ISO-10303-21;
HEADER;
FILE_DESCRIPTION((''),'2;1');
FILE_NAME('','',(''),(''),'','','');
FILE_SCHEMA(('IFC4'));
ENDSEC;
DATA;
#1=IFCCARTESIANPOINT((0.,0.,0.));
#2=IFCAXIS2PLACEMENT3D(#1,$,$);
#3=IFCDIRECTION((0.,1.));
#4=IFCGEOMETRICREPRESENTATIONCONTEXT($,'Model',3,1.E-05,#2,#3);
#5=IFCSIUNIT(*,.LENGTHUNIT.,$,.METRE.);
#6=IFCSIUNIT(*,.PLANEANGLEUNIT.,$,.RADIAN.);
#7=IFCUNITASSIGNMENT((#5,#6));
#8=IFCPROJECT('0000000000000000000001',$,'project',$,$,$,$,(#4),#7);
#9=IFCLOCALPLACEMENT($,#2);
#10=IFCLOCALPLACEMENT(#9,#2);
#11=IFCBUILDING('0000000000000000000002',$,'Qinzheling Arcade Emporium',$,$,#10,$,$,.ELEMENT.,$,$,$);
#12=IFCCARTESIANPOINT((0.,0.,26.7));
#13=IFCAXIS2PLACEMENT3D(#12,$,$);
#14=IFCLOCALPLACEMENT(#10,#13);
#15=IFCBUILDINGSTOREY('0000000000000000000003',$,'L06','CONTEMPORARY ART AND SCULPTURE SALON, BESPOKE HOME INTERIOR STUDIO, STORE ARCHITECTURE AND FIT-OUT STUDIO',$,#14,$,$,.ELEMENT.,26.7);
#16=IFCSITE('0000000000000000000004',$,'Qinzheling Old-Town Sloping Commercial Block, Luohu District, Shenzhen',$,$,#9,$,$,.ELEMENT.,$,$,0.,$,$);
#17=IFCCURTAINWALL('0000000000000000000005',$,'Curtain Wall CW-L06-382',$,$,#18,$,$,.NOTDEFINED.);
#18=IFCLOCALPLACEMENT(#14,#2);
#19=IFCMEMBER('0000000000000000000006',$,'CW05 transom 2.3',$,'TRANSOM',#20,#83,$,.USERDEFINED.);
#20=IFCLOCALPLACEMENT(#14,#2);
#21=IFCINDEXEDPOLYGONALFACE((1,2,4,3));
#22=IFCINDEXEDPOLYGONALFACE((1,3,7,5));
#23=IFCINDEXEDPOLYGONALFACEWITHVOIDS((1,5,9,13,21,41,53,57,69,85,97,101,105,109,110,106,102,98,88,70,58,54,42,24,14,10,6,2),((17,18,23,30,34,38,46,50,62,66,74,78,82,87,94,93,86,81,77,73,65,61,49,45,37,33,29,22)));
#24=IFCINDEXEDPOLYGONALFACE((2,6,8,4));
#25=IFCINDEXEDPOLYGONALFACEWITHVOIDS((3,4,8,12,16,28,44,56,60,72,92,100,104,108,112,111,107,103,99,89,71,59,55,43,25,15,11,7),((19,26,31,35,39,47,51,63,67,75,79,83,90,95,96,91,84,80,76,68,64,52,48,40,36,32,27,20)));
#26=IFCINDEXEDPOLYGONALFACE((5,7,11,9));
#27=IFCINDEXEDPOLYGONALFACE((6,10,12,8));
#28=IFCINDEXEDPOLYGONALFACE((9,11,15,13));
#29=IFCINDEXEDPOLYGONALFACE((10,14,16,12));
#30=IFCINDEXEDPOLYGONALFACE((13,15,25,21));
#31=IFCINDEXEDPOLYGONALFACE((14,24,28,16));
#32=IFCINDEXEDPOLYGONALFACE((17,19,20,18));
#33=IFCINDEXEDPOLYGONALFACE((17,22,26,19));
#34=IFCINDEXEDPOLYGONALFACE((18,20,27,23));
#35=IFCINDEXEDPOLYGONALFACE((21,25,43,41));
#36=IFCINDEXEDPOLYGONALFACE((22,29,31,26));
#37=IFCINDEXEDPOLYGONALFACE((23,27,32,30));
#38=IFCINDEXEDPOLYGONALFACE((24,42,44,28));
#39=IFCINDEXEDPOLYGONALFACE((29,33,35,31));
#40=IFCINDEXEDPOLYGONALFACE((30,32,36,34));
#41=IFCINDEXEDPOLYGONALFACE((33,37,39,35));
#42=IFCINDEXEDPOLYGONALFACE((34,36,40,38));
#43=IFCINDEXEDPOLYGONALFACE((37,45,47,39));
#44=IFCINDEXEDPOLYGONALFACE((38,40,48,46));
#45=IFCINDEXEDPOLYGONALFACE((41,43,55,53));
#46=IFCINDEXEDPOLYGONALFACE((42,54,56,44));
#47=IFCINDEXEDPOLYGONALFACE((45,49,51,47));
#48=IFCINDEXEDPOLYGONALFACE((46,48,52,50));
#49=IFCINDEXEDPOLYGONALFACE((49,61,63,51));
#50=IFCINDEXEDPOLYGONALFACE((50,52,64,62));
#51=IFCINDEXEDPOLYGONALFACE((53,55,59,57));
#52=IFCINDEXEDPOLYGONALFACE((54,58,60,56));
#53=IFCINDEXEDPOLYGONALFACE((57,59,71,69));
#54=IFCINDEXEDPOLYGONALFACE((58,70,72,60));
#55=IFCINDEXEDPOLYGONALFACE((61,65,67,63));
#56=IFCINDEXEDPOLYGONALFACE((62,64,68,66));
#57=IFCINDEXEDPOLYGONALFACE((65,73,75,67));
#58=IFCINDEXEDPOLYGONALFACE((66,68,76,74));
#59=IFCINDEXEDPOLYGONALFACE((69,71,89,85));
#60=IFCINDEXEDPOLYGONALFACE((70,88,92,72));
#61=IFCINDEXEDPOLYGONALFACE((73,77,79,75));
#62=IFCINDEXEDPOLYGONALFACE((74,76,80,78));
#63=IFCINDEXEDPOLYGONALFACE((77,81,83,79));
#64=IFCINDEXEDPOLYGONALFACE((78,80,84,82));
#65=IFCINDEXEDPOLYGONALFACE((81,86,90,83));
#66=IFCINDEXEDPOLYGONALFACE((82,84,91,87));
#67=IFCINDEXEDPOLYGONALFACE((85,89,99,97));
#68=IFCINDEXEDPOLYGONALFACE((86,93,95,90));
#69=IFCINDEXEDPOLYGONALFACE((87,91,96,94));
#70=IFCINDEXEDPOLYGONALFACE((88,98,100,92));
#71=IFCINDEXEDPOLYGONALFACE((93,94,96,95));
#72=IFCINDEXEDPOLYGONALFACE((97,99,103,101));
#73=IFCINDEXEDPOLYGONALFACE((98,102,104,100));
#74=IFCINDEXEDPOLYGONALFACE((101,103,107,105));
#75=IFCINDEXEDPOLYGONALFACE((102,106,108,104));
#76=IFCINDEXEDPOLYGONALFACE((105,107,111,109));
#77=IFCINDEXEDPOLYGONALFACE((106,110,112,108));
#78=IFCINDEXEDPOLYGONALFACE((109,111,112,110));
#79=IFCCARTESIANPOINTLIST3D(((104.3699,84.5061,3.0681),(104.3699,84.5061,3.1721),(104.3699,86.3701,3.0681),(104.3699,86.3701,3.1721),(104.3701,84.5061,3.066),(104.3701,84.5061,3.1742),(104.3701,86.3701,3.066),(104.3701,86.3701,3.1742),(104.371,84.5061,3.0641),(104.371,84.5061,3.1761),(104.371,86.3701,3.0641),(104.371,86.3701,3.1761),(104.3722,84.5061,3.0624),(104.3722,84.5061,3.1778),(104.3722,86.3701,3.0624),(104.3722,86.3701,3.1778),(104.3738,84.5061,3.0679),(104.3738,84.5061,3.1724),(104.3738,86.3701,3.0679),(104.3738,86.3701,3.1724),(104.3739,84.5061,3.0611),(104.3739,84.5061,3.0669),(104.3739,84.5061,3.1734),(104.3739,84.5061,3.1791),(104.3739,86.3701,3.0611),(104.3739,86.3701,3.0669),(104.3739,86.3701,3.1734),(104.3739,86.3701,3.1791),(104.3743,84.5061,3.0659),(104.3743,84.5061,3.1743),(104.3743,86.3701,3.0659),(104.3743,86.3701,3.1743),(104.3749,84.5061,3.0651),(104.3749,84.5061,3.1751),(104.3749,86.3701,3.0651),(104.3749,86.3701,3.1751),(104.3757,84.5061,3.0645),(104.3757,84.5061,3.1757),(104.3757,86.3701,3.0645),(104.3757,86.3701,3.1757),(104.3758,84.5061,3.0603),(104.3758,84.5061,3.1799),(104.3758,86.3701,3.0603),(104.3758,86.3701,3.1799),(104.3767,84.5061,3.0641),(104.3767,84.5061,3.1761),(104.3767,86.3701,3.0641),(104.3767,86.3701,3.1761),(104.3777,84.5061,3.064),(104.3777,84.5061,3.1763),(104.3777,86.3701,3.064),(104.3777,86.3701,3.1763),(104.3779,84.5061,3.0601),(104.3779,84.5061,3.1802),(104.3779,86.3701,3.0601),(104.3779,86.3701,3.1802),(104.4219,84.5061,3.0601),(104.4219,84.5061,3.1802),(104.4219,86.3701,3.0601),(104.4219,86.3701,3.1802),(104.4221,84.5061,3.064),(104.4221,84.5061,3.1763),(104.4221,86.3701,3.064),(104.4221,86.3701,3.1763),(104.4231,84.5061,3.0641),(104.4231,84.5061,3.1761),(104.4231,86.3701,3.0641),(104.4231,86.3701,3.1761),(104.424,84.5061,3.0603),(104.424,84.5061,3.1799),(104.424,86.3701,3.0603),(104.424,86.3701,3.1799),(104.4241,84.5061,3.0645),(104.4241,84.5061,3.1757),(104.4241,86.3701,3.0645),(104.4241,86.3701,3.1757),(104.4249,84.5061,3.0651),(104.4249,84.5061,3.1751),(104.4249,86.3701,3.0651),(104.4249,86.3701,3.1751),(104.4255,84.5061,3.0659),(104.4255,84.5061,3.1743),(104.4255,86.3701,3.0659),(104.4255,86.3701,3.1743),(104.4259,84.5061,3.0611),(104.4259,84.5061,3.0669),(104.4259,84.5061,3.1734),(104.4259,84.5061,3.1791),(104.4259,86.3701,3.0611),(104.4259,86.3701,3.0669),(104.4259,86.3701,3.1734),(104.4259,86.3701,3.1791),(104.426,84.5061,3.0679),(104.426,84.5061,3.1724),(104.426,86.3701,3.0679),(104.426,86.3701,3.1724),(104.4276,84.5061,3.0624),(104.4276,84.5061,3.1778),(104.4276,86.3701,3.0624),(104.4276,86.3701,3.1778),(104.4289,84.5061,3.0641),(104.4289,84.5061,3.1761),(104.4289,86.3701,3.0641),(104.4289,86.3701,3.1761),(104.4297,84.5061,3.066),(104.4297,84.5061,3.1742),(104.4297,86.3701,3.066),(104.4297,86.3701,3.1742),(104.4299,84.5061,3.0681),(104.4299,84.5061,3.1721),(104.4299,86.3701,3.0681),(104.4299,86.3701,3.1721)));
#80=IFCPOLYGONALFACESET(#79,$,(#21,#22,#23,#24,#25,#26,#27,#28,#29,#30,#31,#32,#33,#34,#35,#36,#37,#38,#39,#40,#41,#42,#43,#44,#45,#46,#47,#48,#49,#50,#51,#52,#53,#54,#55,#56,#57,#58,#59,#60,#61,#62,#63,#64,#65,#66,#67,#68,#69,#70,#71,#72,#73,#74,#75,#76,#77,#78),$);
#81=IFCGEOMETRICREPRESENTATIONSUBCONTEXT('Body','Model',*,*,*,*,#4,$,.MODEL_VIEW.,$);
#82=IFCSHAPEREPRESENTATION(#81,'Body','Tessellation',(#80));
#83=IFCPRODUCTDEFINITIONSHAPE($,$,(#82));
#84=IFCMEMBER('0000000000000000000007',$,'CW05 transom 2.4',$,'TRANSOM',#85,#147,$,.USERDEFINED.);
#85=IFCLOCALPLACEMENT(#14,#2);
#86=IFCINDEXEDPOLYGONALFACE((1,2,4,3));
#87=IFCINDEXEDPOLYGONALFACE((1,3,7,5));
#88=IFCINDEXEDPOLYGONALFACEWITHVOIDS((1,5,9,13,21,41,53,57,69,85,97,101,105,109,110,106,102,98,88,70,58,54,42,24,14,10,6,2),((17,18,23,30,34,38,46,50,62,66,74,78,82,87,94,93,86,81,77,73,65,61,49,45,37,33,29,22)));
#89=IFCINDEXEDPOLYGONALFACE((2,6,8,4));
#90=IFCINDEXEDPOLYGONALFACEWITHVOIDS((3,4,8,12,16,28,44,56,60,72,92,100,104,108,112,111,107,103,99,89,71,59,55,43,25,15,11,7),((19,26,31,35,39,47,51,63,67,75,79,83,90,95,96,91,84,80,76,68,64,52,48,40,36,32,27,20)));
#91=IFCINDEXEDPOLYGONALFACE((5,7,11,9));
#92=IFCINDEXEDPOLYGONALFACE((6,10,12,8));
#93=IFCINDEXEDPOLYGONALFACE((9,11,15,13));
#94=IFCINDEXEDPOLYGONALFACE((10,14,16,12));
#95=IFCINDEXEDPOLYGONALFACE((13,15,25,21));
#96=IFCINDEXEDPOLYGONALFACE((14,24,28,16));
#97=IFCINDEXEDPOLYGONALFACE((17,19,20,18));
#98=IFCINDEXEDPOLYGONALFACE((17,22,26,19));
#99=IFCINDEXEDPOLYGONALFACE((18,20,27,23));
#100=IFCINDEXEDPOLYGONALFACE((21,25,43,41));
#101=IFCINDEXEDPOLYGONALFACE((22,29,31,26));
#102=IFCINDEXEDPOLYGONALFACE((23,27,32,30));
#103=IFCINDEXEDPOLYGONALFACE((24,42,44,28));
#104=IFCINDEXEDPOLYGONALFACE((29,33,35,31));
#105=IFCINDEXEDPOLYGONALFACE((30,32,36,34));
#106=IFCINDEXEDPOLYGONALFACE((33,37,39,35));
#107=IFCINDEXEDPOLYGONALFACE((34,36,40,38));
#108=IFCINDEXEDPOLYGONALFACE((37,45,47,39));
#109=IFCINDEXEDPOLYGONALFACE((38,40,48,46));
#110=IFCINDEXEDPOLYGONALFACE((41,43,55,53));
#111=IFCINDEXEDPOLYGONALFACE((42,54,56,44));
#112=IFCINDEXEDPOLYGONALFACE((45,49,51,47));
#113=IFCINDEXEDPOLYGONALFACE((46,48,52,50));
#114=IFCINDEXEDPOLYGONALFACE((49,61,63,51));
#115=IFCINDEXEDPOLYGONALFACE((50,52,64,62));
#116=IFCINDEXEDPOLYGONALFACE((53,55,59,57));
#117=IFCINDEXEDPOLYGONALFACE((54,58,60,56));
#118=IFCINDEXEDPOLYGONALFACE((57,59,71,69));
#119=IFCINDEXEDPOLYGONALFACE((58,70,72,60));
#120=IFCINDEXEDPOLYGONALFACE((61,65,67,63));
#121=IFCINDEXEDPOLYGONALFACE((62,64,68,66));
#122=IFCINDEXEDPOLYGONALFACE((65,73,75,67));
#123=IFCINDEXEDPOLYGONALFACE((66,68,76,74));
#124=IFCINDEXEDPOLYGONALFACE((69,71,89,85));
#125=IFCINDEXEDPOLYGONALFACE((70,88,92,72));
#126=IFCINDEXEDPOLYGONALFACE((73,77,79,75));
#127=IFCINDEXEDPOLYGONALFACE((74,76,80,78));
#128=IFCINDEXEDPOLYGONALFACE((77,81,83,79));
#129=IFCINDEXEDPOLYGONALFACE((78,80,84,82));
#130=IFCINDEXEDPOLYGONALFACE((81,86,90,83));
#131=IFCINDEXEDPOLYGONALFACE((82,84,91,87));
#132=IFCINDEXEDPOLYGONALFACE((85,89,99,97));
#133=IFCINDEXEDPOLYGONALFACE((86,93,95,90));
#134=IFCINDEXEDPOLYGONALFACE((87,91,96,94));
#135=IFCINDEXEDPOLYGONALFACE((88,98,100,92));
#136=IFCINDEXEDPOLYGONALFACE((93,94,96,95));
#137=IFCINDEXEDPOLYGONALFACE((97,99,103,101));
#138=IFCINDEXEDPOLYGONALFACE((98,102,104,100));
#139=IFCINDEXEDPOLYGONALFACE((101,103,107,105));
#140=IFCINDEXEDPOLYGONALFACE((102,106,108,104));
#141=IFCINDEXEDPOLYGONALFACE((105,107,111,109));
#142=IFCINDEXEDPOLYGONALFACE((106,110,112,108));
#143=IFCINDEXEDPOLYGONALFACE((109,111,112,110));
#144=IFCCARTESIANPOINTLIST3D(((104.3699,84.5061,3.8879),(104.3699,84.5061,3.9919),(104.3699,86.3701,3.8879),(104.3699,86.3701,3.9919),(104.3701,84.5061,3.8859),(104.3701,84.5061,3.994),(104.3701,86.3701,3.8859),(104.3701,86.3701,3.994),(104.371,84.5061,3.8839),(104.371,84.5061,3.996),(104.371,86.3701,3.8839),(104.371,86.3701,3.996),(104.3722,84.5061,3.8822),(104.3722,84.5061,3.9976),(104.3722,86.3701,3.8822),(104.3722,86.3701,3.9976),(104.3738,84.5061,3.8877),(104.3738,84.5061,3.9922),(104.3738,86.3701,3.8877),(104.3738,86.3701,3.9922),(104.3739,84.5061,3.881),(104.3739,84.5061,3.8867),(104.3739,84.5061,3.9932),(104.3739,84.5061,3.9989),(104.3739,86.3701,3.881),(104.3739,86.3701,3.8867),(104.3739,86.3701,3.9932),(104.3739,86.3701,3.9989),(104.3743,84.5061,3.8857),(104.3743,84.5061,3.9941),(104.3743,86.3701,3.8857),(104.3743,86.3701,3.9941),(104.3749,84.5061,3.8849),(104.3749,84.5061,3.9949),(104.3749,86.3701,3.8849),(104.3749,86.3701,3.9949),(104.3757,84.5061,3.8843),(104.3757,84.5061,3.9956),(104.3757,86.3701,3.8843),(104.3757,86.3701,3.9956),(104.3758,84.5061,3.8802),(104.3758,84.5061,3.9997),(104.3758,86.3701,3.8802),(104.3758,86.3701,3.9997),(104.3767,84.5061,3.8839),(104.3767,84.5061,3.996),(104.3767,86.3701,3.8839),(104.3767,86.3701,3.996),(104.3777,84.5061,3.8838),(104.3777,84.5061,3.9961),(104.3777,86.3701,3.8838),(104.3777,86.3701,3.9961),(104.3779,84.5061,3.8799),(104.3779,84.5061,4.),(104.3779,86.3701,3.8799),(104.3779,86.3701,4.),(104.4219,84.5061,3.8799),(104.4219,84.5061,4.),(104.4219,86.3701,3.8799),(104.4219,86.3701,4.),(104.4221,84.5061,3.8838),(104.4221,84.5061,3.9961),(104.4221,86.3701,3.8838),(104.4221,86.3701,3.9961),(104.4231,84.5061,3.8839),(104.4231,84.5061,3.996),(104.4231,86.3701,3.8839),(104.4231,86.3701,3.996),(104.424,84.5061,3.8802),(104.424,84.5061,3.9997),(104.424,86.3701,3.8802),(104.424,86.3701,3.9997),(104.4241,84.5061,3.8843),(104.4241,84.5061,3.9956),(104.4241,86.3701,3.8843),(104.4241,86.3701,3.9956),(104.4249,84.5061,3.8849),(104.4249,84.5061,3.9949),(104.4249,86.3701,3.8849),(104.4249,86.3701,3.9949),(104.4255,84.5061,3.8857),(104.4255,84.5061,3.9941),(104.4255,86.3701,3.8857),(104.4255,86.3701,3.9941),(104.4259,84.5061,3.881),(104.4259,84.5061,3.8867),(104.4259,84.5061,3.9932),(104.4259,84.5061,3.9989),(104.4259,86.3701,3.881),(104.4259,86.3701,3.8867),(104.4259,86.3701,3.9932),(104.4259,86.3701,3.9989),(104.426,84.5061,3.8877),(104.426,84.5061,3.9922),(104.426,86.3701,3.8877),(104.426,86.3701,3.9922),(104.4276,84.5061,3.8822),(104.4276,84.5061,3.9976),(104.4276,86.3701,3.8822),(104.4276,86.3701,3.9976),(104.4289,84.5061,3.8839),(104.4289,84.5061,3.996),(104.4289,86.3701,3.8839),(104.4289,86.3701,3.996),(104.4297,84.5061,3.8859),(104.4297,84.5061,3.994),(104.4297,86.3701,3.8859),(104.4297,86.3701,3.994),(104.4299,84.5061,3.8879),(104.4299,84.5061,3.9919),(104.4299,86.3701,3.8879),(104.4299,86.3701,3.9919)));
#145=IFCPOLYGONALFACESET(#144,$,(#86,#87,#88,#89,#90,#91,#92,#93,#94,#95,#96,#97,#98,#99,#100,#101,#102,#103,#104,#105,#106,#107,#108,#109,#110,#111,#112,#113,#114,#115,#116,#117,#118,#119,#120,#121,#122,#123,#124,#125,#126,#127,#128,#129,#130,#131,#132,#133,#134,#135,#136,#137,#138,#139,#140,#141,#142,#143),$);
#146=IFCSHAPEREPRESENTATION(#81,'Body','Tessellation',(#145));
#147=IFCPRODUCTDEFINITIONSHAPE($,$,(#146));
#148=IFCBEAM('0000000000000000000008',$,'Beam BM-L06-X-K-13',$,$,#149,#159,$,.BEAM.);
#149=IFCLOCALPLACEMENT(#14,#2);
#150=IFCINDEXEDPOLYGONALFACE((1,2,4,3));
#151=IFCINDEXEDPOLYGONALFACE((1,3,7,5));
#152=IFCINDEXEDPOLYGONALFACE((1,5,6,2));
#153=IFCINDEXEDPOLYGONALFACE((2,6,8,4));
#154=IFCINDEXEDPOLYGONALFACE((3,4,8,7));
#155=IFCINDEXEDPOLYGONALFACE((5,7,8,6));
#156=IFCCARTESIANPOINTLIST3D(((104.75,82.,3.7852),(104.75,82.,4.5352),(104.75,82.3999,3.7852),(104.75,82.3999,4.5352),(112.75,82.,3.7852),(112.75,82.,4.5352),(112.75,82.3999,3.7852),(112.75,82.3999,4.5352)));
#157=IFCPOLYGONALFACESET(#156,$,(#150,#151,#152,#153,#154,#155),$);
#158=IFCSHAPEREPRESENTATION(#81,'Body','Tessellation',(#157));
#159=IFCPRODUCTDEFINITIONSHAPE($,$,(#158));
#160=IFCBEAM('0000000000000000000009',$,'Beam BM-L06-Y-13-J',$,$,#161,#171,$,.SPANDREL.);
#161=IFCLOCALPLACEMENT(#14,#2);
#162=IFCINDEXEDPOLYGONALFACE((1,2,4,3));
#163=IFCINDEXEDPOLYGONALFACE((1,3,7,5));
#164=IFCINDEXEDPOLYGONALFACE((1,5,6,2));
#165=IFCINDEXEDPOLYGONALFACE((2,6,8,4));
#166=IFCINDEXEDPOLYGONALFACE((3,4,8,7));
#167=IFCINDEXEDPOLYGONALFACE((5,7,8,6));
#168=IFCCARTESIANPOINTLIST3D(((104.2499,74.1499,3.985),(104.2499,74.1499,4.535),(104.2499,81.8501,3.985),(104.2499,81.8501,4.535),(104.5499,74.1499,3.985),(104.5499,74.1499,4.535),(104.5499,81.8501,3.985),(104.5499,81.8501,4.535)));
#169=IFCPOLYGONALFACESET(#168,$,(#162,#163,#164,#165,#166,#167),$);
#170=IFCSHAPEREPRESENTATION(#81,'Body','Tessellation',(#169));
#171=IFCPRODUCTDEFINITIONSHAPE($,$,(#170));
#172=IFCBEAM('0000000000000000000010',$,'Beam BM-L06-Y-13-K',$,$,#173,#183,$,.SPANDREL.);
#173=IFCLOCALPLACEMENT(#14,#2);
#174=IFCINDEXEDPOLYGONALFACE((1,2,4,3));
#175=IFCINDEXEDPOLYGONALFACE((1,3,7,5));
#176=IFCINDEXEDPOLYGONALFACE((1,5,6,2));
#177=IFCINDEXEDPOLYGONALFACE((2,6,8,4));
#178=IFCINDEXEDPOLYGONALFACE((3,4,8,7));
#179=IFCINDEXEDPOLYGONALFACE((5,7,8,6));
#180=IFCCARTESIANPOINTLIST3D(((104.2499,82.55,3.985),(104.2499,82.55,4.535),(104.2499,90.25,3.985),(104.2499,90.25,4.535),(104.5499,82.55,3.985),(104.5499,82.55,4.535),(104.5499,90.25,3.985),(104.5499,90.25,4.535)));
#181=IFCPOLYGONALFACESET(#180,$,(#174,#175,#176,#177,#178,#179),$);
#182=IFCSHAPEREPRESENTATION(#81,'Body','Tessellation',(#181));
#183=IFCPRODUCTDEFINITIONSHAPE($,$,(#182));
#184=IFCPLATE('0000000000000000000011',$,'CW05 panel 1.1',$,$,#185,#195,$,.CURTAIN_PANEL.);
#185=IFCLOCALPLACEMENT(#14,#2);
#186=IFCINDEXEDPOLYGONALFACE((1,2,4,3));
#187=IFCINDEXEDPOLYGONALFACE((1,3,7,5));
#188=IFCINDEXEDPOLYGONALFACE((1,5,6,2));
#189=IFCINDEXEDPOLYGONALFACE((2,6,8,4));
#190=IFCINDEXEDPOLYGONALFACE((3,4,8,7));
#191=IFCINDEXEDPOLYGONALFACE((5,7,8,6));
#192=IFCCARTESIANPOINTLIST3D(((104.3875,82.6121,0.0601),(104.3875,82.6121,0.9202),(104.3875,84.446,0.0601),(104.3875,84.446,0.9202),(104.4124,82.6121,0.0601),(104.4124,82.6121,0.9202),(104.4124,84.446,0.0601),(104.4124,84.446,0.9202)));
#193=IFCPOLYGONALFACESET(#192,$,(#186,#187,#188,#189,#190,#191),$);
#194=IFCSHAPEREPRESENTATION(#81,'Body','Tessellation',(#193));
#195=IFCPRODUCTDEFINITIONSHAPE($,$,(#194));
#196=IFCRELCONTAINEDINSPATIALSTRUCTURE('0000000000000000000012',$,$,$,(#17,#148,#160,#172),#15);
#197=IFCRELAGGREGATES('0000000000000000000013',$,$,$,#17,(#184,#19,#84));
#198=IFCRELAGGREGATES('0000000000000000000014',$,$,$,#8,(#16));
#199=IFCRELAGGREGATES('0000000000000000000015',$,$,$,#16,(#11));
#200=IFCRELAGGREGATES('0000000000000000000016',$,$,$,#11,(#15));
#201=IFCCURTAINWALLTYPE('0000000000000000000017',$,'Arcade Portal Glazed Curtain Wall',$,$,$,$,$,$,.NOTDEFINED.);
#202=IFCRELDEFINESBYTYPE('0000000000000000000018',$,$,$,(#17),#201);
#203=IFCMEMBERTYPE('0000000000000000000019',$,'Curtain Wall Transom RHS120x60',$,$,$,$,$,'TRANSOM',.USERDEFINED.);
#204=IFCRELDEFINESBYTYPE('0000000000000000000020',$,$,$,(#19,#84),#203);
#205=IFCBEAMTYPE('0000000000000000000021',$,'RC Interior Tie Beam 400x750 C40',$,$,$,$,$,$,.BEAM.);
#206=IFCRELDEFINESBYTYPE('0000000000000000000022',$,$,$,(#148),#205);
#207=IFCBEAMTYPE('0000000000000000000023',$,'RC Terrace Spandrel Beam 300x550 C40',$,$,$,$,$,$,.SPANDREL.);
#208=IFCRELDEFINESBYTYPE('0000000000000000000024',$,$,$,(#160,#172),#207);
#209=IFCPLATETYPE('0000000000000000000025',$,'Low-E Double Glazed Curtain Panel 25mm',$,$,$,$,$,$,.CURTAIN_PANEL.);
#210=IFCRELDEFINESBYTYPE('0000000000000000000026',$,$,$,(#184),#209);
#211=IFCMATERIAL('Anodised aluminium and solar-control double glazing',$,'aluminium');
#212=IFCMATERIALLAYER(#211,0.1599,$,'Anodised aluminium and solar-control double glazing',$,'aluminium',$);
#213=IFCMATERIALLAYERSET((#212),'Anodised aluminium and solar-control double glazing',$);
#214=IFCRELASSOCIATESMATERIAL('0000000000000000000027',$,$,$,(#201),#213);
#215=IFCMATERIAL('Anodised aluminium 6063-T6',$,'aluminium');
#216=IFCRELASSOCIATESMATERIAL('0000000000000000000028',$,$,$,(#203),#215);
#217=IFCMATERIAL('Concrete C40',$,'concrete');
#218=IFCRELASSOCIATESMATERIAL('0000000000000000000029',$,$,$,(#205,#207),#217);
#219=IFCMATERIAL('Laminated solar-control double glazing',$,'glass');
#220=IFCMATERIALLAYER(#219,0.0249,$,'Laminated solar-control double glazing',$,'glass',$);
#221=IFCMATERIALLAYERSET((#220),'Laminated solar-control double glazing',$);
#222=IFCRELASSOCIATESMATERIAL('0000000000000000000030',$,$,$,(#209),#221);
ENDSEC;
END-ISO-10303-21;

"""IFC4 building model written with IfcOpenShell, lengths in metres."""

from ifc_helpers import new_model, si_unit, direction, frame, origin, origin_2d, place, context, subcontext, project, spatial, rectangle, hollow_rectangle, extrude, material, layer, layer_set, material_profile, profile_set, type_object, element, aggregate, save


model = new_model("IFC4")

# Units and contexts
model_context = context("Model", 3, precision=1e-05, world=origin(), true_north=direction((0.0, 1.0)))
body_context = subcontext(model_context, "Body", "Model", "MODEL_VIEW")
ifc_project = project(units=[si_unit("LENGTHUNIT", "METRE"), si_unit("PLANEANGLEUNIT", "RADIAN")], contexts=[model_context])

# Site, building, storey
site_placement = place(None, origin())
site = spatial("IfcSite", under=ifc_project, at=site_placement, Name="Qinzheling Old-Town Sloping Commercial Block, Luohu District, Shenzhen", CompositionType="ELEMENT", RefElevation=0.0)
building_placement = place(site_placement, origin())
building = spatial("IfcBuilding", under=site, at=building_placement, Name="Qinzheling Arcade Emporium", CompositionType="ELEMENT")
storey_placement = place(building_placement, frame((0.0, 0.0, 26.7)))
storey = spatial("IfcBuildingStorey", under=building, at=storey_placement, Name="L06", Description="CONTEMPORARY ART AND SCULPTURE SALON, BESPOKE HOME INTERIOR STUDIO, STORE ARCHITECTURE AND FIT-OUT STUDIO", CompositionType="ELEMENT", Elevation=26.7)

# Shared definitions
ifc_material_1 = material(Name="Concrete C40", Category="concrete")

# Curtain wall, members
ifc_material_2 = material(Name="Anodised aluminium and solar-control double glazing", Category="aluminium")
ifc_layer_1 = layer(ifc_material_2, 0.1599, Name="Anodised aluminium and solar-control double glazing", Category="aluminium")
ifc_layer_set_1 = layer_set([ifc_layer_1], Name="Anodised aluminium and solar-control double glazing")
curtain_wall_type = type_object("IfcCurtainWallType", Name="Arcade Portal Glazed Curtain Wall", PredefinedType="NOTDEFINED", material=ifc_layer_set_1)
curtain_wall_placement = place(storey_placement, origin())
curtain_wall = element("IfcCurtainWall", 1, at=curtain_wall_placement, inside=storey, type_object=curtain_wall_type, Name="Curtain Wall CW-L06-382", PredefinedType="NOTDEFINED")
ifc_material_3 = material(Name="Anodised aluminium 6063-T6", Category="aluminium")
ifc_material_profile_1 = material_profile(ifc_material_3, hollow_rectangle(XDim=0.0601, YDim=0.1201, WallThickness=0.0039, InnerFilletRadius=0.0039, OuterFilletRadius=0.0081, at=origin_2d()), Name="RHS 120x60x4", Category="aluminium")
ifc_profile_set_1 = profile_set([ifc_material_profile_1], Name="Anodised aluminium 6063-T6")
member_type_1 = type_object("IfcMemberType", Name="Curtain Wall Transom RHS120x60", ElementType="TRANSOM", PredefinedType="USERDEFINED", material=ifc_profile_set_1)
member_1_placement = place(storey_placement, frame((104.3999, 84.5061, 3.1201), z_axis=(0.0, 1.0, 0.0), x_axis=(-1.0, 0.0, 0.0)))
member_1 = element("IfcMember", 2, at=member_1_placement, type_object=member_type_1, Name="CW05 transom 2.3", ObjectType="TRANSOM", PredefinedType="USERDEFINED", context=body_context, shape_type="SweptSolid", body=[
    extrude(hollow_rectangle(XDim=0.0601, YDim=0.1201, WallThickness=0.0039, InnerFilletRadius=0.0039, OuterFilletRadius=0.0081, at=origin_2d()), origin(), (0.0, 0.0, 1.0), 1.864),
])
member_2_placement = place(storey_placement, frame((104.3999, 84.5061, 3.9399), z_axis=(0.0, 1.0, 0.0), x_axis=(-1.0, 0.0, 0.0)))
member_2 = element("IfcMember", 3, at=member_2_placement, type_object=member_type_1, Name="CW05 transom 2.4", ObjectType="TRANSOM", PredefinedType="USERDEFINED", context=body_context, shape_type="SweptSolid", body=[
    extrude(hollow_rectangle(XDim=0.0601, YDim=0.1201, WallThickness=0.0039, InnerFilletRadius=0.0039, OuterFilletRadius=0.0081, at=origin_2d()), origin(), (0.0, 0.0, 1.0), 1.864),
])

# Beams
ifc_material_profile_2 = material_profile(ifc_material_1, rectangle(XDim=0.3999, YDim=0.75, at=origin_2d()), Name="RC 400x750", Category="concrete")
ifc_profile_set_2 = profile_set([ifc_material_profile_2], Name="Concrete C40")
beam_type_1 = type_object("IfcBeamType", Name="RC Interior Tie Beam 400x750 C40", PredefinedType="BEAM", material=ifc_profile_set_2)
beam_1_placement = place(storey_placement, frame((104.75, 82.2, 4.1602), z_axis=(1.0, 0.0, 0.0), x_axis=(0.0, 1.0, 0.0)))
element("IfcBeam", 4, at=beam_1_placement, inside=storey, type_object=beam_type_1, Name="Beam BM-L06-X-K-13", PredefinedType="BEAM", context=body_context, shape_type="SweptSolid", body=[
    extrude(rectangle(XDim=0.3999, YDim=0.75, at=origin_2d()), origin(), (0.0, 0.0, 1.0), 8.0),
])
ifc_material_profile_3 = material_profile(ifc_material_1, rectangle(XDim=0.3, YDim=0.55, at=origin_2d()), Name="RC 300x550", Category="concrete")
ifc_profile_set_3 = profile_set([ifc_material_profile_3], Name="Concrete C40")
beam_type_2 = type_object("IfcBeamType", Name="RC Terrace Spandrel Beam 300x550 C40", PredefinedType="SPANDREL", material=ifc_profile_set_3)
beam_2_placement = place(storey_placement, frame((104.3999, 74.1499, 4.26), z_axis=(0.0, 1.0, 0.0), x_axis=(-1.0, 0.0, 0.0)))
element("IfcBeam", 5, at=beam_2_placement, inside=storey, type_object=beam_type_2, Name="Beam BM-L06-Y-13-J", PredefinedType="SPANDREL", context=body_context, shape_type="SweptSolid", body=[
    extrude(rectangle(XDim=0.3, YDim=0.55, at=origin_2d()), origin(), (0.0, 0.0, 1.0), 7.7002),
])
beam_3_placement = place(storey_placement, frame((104.3999, 82.55, 4.26), z_axis=(0.0, 1.0, 0.0), x_axis=(-1.0, 0.0, 0.0)))
element("IfcBeam", 6, at=beam_3_placement, inside=storey, type_object=beam_type_2, Name="Beam BM-L06-Y-13-K", PredefinedType="SPANDREL", context=body_context, shape_type="SweptSolid", body=[
    extrude(rectangle(XDim=0.3, YDim=0.55, at=origin_2d()), origin(), (0.0, 0.0, 1.0), 7.7),
])

# Plate
ifc_material_4 = material(Name="Laminated solar-control double glazing", Category="glass")
ifc_layer_2 = layer(ifc_material_4, 0.0249, Name="Laminated solar-control double glazing", Category="glass")
ifc_layer_set_2 = layer_set([ifc_layer_2], Name="Laminated solar-control double glazing")
plate_type = type_object("IfcPlateType", Name="Low-E Double Glazed Curtain Panel 25mm", PredefinedType="CURTAIN_PANEL", material=ifc_layer_set_2)
plate_1_placement = place(storey_placement, frame((104.3999, 83.5291, 0.0601), z_axis=(0.0, 0.0, 1.0), x_axis=(0.0, 1.0, 0.0)))
plate_1 = element("IfcPlate", 7, at=plate_1_placement, type_object=plate_type, Name="CW05 panel 1.1", PredefinedType="CURTAIN_PANEL", context=body_context, shape_type="SweptSolid", body=[
    extrude(rectangle(XDim=1.834, YDim=0.0249, at=origin_2d()), origin(), (0.0, 0.0, 1.0), 0.8601),
])
aggregate(curtain_wall, [plate_1, member_1, member_2])

save(model, "model.ifc")
